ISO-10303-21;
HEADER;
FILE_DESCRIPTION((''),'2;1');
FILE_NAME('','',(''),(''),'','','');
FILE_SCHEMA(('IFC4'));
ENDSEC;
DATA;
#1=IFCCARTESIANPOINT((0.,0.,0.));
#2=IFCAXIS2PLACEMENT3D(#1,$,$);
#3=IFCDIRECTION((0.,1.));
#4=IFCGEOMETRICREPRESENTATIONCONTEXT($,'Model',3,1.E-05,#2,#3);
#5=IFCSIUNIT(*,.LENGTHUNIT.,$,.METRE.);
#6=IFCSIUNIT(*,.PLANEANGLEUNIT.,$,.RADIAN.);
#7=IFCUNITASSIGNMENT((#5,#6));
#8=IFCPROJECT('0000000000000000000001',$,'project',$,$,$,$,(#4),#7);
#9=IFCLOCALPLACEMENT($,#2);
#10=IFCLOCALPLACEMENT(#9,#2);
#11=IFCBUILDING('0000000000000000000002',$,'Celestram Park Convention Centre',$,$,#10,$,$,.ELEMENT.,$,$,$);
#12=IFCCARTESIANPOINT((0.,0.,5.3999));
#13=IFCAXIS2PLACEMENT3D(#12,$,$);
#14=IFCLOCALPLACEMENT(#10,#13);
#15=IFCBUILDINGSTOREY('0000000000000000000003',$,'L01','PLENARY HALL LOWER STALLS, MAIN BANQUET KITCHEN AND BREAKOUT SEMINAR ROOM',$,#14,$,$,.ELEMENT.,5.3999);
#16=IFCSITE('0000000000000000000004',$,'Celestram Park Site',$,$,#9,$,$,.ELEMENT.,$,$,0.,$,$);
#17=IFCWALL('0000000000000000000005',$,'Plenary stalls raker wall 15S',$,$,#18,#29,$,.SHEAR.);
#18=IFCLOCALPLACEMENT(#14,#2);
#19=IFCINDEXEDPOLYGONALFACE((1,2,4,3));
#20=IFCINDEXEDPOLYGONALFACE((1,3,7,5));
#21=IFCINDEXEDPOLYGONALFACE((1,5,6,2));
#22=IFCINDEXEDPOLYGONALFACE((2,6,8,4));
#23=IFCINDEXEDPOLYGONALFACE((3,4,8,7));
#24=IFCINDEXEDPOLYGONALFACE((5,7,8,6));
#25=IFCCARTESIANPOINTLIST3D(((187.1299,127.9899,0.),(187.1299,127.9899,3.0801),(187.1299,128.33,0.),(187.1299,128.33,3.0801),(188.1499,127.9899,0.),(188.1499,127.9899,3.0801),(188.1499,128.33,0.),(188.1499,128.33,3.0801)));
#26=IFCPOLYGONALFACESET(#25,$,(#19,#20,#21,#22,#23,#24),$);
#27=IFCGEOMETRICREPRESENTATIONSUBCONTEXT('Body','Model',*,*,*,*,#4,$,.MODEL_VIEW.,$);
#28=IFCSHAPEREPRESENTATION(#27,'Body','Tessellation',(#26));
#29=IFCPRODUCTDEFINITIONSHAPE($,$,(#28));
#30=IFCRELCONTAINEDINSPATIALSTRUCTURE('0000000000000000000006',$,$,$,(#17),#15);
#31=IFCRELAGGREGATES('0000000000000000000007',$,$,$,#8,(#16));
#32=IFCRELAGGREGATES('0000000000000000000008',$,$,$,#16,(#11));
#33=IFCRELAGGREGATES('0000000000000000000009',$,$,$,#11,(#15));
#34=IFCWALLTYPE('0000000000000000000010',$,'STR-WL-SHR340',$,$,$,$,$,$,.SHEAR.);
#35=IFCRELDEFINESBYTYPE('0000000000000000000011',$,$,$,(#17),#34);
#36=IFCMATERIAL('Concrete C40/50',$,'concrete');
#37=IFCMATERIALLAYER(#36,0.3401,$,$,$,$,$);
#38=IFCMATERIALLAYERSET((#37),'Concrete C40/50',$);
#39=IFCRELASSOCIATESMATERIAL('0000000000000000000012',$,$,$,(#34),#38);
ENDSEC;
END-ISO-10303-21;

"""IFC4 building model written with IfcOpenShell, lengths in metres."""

from ifc_helpers import new_model, si_unit, direction, frame, frame_2d, origin, place, context, subcontext, project, spatial, rectangle, extrude, material, layer, layer_set, type_object, element, save


model = new_model("IFC4")

# Units and contexts
model_context = context("Model", 3, precision=1e-05, world=origin(), true_north=direction((0.0, 1.0)))
body_context = subcontext(model_context, "Body", "Model", "MODEL_VIEW")
ifc_project = project(units=[si_unit("LENGTHUNIT", "METRE"), si_unit("PLANEANGLEUNIT", "RADIAN")], contexts=[model_context])

# Site, building, storey
site_placement = place(None, origin())
site = spatial("IfcSite", under=ifc_project, at=site_placement, Name="Celestram Park Site", CompositionType="ELEMENT", RefElevation=0.0)
building_placement = place(site_placement, origin())
building = spatial("IfcBuilding", under=site, at=building_placement, Name="Celestram Park Convention Centre", CompositionType="ELEMENT")
storey_placement = place(building_placement, frame((0.0, 0.0, 5.3999)))
storey = spatial("IfcBuildingStorey", under=building, at=storey_placement, Name="L01", Description="PLENARY HALL LOWER STALLS, MAIN BANQUET KITCHEN AND BREAKOUT SEMINAR ROOM", CompositionType="ELEMENT", Elevation=5.3999)

# Wall
ifc_material_1 = material(Name="Concrete C40/50", Category="concrete")
ifc_layer_1 = layer(ifc_material_1, 0.3401)
ifc_layer_set_1 = layer_set([ifc_layer_1], Name="Concrete C40/50")
wall_type_1 = type_object("IfcWallType", Name="STR-WL-SHR340", PredefinedType="SHEAR", material=ifc_layer_set_1)
wall_1_placement = place(storey_placement, frame((187.1299, 128.1599, 0.0), z_axis=(0.0, 0.0, 1.0), x_axis=(1.0, 0.0, 0.0)))
element("IfcWall", 1, at=wall_1_placement, inside=storey, type_object=wall_type_1, Name="Plenary stalls raker wall 15S", PredefinedType="SHEAR", context=body_context, shape_type="SweptSolid", body=[
    extrude(rectangle(XDim=1.02, YDim=0.3401, at=frame_2d((0.51, 0.0))), origin(), (0.0, 0.0, 1.0), 3.0801),
])

save(model, "model.ifc")
